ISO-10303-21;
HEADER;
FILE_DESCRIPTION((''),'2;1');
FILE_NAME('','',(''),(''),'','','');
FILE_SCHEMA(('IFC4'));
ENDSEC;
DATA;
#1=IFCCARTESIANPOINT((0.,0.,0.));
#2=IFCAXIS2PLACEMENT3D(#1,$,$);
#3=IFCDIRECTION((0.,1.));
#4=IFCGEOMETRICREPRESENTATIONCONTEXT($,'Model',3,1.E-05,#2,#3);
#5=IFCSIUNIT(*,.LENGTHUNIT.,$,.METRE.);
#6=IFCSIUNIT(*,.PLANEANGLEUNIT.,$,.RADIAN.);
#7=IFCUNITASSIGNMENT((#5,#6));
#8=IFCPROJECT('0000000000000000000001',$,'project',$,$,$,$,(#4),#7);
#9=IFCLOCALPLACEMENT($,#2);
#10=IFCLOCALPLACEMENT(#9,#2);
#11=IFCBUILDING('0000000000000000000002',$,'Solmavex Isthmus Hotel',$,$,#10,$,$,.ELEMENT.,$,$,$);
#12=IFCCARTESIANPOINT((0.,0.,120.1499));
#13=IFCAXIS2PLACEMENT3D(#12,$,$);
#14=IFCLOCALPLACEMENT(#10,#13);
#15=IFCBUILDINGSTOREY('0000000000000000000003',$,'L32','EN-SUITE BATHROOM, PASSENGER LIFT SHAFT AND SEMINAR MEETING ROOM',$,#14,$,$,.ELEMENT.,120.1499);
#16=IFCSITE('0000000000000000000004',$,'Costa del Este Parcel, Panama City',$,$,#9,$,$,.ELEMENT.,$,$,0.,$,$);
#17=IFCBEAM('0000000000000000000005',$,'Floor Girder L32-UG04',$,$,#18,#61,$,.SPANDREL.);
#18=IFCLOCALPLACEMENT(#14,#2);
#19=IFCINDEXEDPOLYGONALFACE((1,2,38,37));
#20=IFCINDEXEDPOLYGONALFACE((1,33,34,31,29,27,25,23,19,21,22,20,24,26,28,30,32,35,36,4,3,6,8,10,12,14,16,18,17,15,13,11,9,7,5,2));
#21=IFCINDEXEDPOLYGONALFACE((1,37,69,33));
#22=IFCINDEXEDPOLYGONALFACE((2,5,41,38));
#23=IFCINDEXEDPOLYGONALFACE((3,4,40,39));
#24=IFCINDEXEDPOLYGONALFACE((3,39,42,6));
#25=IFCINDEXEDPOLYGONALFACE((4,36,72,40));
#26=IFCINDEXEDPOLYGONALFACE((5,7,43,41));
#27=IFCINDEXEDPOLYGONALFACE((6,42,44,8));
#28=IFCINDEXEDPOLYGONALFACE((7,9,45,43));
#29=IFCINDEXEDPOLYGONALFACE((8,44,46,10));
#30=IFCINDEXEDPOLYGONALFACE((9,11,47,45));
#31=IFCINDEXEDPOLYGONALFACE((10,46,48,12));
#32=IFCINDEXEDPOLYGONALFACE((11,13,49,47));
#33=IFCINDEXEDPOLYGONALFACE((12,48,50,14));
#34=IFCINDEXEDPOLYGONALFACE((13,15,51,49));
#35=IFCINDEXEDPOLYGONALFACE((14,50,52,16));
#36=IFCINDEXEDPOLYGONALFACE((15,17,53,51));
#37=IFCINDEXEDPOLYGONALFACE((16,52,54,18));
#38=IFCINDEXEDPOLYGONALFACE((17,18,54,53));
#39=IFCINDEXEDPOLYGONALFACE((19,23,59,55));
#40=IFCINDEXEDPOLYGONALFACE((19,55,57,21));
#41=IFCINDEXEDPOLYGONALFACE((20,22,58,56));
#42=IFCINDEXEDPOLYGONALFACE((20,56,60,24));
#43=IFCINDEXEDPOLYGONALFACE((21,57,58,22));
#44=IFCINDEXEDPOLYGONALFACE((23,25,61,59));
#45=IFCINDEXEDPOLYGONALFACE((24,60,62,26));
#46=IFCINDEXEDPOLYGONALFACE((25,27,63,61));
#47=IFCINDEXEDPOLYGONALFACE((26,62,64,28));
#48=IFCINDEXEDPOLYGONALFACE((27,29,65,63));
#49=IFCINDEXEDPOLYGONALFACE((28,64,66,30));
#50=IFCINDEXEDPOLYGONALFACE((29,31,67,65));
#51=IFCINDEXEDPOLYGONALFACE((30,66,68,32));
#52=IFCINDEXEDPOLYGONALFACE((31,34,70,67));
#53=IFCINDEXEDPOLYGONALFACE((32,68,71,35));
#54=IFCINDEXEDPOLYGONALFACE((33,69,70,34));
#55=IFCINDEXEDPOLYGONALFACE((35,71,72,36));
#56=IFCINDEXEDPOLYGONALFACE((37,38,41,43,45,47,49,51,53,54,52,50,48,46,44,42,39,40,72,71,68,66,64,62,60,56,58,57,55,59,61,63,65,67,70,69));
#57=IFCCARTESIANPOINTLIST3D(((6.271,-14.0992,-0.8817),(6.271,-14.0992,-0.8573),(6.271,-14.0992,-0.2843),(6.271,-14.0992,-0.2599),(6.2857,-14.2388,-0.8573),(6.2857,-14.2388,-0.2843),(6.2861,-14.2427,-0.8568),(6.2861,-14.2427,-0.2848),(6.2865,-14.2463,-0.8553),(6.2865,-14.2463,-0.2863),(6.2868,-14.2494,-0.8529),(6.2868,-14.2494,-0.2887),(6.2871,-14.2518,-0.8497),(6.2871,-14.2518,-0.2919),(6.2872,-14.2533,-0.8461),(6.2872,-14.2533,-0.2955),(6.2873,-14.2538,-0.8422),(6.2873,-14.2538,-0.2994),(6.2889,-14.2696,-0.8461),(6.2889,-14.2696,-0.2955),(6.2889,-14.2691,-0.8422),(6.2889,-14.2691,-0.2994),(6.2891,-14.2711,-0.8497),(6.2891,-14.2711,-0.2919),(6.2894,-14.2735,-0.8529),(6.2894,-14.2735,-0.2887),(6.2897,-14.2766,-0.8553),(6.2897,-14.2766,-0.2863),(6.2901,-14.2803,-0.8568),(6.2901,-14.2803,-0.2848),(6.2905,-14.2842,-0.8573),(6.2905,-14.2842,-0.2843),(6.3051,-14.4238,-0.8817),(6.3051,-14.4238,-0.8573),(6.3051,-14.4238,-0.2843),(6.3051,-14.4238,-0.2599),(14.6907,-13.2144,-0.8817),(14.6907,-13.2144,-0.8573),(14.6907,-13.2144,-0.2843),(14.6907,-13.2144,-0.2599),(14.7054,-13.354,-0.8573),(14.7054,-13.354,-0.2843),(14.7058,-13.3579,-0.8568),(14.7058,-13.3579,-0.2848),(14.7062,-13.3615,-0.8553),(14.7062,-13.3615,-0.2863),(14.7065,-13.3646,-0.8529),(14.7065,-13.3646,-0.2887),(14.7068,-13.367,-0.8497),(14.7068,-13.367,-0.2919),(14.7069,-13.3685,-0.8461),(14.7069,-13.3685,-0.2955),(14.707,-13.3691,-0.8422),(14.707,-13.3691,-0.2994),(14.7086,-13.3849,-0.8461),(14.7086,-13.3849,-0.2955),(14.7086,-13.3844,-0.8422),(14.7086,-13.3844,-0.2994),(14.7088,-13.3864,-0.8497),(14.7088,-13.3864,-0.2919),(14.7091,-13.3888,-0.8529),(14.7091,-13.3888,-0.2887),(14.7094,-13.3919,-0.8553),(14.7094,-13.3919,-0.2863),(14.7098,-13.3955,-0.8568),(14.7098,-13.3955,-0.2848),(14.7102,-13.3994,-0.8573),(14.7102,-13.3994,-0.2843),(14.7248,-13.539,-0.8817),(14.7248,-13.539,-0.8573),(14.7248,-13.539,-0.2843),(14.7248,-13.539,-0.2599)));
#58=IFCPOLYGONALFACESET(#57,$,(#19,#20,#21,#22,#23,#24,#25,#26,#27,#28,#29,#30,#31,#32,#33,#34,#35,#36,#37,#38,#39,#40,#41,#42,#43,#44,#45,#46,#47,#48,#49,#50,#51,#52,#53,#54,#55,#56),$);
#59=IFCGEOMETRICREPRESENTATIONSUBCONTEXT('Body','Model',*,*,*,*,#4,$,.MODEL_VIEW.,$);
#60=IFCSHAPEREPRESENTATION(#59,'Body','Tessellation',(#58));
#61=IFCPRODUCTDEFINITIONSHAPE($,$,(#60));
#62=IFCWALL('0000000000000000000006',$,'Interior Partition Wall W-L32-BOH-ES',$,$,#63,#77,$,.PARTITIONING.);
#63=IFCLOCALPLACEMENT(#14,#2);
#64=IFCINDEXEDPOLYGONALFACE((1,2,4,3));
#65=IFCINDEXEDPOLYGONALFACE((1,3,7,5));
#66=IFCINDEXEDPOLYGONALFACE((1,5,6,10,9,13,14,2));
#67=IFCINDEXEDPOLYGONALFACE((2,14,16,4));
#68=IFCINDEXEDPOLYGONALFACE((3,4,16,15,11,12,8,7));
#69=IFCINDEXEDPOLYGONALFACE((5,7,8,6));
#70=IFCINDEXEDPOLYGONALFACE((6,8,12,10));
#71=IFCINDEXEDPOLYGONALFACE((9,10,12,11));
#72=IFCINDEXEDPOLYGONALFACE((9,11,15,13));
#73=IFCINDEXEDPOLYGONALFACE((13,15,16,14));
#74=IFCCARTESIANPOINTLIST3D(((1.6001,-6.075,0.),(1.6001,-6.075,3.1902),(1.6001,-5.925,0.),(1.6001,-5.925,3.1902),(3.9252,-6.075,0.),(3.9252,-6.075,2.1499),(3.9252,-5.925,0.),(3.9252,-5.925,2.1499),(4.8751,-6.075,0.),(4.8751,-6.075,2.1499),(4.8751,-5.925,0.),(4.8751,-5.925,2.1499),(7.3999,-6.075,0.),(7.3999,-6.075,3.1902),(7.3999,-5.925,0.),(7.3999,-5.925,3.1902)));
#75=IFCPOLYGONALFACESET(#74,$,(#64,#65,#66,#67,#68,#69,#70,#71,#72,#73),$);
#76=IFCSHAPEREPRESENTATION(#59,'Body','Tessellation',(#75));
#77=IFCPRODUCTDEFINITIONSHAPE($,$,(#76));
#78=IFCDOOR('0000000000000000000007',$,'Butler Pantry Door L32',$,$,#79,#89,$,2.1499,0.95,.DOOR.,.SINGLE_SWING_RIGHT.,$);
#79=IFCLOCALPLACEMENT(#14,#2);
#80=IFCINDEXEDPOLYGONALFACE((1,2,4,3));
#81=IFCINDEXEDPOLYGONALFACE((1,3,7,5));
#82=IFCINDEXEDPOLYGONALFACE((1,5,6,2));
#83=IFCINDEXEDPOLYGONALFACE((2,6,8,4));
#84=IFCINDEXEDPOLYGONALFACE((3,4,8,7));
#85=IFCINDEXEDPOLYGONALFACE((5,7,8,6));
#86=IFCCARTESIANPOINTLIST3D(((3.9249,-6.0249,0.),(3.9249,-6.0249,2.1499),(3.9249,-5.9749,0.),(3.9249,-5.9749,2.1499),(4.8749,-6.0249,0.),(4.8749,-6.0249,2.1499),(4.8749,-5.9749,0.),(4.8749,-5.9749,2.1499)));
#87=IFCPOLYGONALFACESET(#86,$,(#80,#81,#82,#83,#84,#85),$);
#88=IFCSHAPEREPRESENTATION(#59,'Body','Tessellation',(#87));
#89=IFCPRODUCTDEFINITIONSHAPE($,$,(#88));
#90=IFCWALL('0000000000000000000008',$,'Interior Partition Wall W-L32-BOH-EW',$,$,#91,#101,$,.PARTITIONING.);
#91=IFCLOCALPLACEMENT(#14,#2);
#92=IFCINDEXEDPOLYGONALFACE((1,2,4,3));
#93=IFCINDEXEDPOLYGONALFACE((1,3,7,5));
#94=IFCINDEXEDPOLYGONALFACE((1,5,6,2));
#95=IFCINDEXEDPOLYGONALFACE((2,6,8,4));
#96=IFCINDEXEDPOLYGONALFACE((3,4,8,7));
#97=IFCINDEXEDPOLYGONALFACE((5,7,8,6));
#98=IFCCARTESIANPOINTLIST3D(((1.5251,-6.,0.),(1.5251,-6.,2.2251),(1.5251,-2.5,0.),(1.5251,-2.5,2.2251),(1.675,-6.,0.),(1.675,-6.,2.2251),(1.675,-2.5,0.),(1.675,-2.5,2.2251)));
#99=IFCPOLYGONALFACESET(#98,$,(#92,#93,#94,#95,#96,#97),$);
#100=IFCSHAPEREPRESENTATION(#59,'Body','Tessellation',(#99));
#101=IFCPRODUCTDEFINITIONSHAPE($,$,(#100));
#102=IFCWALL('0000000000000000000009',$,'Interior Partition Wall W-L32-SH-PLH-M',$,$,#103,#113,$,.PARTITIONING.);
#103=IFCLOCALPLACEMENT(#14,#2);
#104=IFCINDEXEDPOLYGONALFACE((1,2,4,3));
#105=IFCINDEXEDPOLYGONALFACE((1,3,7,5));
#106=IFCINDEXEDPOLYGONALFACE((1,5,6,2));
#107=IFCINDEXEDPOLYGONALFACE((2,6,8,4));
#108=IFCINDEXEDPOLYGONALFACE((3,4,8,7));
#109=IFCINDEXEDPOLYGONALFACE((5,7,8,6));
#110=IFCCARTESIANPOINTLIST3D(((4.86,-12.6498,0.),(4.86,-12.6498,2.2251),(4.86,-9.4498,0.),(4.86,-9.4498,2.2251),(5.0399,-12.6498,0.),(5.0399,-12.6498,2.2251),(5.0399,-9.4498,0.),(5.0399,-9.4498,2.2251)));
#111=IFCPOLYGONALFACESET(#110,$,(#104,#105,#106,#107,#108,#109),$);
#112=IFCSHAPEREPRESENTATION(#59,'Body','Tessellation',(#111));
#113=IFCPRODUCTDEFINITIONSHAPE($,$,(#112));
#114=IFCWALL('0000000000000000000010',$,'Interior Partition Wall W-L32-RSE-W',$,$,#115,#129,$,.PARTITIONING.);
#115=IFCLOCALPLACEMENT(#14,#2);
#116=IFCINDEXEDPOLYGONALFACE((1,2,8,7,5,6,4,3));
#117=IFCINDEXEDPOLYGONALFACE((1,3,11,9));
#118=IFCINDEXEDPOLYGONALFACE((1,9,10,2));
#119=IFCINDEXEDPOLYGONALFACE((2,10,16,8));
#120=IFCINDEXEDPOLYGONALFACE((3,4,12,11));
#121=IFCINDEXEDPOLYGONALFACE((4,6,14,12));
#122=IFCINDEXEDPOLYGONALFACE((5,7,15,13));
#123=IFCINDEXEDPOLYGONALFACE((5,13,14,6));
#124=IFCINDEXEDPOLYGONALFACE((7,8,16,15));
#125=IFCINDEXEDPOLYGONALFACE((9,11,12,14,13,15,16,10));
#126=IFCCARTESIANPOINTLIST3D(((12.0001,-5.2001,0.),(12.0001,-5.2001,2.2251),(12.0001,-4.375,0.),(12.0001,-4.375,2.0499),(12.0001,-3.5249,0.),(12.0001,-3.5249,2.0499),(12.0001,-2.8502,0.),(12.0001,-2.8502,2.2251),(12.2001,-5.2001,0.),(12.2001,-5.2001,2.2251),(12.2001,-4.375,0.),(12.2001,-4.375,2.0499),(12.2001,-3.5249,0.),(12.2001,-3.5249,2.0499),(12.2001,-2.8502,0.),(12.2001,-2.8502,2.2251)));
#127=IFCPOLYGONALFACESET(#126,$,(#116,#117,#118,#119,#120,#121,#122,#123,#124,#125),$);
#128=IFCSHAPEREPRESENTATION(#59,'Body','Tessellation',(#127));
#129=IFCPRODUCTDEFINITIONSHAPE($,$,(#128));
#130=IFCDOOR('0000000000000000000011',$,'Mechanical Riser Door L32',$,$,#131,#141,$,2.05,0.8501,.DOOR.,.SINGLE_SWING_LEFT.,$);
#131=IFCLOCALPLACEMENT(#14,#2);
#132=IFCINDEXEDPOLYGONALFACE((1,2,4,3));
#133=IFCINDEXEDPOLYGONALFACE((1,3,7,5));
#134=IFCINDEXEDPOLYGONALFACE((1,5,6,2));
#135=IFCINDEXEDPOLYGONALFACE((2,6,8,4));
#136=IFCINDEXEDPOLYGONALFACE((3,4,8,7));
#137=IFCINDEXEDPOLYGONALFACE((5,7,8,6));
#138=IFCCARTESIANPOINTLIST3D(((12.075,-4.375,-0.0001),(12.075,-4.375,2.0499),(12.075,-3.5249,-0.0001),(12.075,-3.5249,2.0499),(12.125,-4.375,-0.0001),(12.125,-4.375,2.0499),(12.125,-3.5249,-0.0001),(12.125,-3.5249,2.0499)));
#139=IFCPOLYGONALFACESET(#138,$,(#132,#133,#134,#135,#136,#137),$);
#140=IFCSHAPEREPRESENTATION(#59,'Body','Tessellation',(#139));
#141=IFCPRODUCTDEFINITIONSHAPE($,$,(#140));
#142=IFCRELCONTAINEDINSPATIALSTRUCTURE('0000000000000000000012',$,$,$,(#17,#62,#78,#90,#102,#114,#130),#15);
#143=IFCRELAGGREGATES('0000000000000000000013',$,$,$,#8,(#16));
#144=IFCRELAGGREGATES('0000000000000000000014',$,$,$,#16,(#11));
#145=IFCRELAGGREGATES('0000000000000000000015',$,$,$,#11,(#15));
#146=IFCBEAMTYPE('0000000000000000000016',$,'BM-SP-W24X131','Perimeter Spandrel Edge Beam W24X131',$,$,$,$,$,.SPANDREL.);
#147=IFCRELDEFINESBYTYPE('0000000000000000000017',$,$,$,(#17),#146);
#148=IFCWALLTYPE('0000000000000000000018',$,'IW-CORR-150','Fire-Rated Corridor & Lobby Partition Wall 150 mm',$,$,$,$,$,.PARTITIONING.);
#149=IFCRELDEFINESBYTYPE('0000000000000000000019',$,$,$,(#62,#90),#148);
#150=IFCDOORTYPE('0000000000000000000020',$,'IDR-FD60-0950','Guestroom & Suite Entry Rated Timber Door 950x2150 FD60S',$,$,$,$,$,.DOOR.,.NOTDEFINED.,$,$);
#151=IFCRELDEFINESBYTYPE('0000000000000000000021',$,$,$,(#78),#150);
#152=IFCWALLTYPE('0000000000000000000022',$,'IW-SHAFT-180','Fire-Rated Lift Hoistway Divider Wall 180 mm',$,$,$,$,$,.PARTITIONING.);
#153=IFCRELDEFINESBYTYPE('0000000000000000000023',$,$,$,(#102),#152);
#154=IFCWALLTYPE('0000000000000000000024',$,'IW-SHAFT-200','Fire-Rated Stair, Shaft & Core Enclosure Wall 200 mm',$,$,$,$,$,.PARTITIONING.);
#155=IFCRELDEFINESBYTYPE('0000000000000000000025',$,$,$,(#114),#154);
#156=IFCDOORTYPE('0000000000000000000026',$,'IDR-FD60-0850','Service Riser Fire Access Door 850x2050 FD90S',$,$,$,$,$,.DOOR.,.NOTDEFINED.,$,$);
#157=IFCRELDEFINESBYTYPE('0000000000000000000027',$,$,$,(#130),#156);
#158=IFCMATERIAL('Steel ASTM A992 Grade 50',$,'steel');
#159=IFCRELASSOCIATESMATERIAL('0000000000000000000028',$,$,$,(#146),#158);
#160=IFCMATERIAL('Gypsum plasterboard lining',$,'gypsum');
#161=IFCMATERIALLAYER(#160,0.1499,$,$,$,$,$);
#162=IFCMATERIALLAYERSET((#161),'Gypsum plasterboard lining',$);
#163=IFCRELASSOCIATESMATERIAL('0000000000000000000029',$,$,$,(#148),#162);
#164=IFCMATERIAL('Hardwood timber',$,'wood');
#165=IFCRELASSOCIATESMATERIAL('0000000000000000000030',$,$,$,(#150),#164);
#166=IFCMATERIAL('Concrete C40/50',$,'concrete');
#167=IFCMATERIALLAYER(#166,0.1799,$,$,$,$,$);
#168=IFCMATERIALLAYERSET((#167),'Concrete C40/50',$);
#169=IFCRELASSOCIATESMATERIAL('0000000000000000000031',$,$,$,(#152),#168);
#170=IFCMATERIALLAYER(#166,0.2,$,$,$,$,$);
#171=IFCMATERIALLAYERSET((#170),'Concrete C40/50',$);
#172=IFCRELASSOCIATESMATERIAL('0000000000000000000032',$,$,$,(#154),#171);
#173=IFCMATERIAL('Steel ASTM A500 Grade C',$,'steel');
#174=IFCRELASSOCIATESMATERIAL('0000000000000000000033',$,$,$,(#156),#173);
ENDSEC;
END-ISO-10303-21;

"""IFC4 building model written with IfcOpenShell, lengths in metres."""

from ifc_helpers import new_model, si_unit, direction, frame, frame_2d, origin, origin_2d, place, context, subcontext, project, spatial, rectangle, i_section, extrude, material, layer, layer_set, material_profile, profile_set, type_object, element, fill, save


model = new_model("IFC4")

# Units and contexts
model_context = context("Model", 3, precision=1e-05, world=origin(), true_north=direction((0.0, 1.0)))
body_context = subcontext(model_context, "Body", "Model", "MODEL_VIEW")
ifc_project = project(units=[si_unit("LENGTHUNIT", "METRE"), si_unit("PLANEANGLEUNIT", "RADIAN")], contexts=[model_context])

# Site, building, storey
site_placement = place(None, origin())
site = spatial("IfcSite", under=ifc_project, at=site_placement, Name="Costa del Este Parcel, Panama City", CompositionType="ELEMENT", RefElevation=0.0)
building_placement = place(site_placement, origin())
building = spatial("IfcBuilding", under=site, at=building_placement, Name="Solmavex Isthmus Hotel", CompositionType="ELEMENT")
storey_placement = place(building_placement, frame((0.0, 0.0, 120.1499)))
storey = spatial("IfcBuildingStorey", under=building, at=storey_placement, Name="L32", Description="EN-SUITE BATHROOM, PASSENGER LIFT SHAFT AND SEMINAR MEETING ROOM", CompositionType="ELEMENT", Elevation=120.1499)

# Beam
ifc_material_1 = material(Name="Steel ASTM A992 Grade 50", Category="steel")
ifc_material_profile_1 = material_profile(ifc_material_1, i_section(OverallWidth=0.3264, OverallDepth=0.6218, WebThickness=0.0154, FlangeThickness=0.0244, FilletRadius=0.0151, at=origin_2d()), Name="W24X131")
ifc_profile_set_1 = profile_set([ifc_material_profile_1], Name="Steel ASTM A992 Grade 50")
beam_type_1 = type_object("IfcBeamType", Name="BM-SP-W24X131", Description="Perimeter Spandrel Edge Beam W24X131", PredefinedType="SPANDREL", material=ifc_profile_set_1)
beam_1_placement = place(storey_placement, frame((6.2881, -14.2615, -0.5708), z_axis=(0.994524, 0.104508, 0.0), x_axis=(-0.104508, 0.994524, 0.0)))
element("IfcBeam", 1, at=beam_1_placement, inside=storey, type_object=beam_type_1, Name="Floor Girder L32-UG04", PredefinedType="SPANDREL", context=body_context, shape_type="SweptSolid", body=[
    extrude(i_section(OverallWidth=0.3264, OverallDepth=0.6218, WebThickness=0.0154, FlangeThickness=0.0244, FilletRadius=0.0151, at=origin_2d()), origin(), (0.0, 0.0, 1.0), 8.4661),
])

# Wall, opening, door
ifc_material_2 = material(Name="Gypsum plasterboard lining", Category="gypsum")
ifc_layer_1 = layer(ifc_material_2, 0.1499)
ifc_layer_set_1 = layer_set([ifc_layer_1], Name="Gypsum plasterboard lining")
wall_type_1 = type_object("IfcWallType", Name="IW-CORR-150", Description="Fire-Rated Corridor & Lobby Partition Wall 150 mm", PredefinedType="PARTITIONING", material=ifc_layer_set_1)
wall_1_placement = place(storey_placement, frame((1.6001, -6.0, 0.0), z_axis=(0.0, 0.0, 1.0), x_axis=(1.0, 0.0, 0.0)))
wall_1 = element("IfcWall", 2, at=wall_1_placement, inside=storey, type_object=wall_type_1, Name="Interior Partition Wall W-L32-BOH-ES", PredefinedType="PARTITIONING", context=body_context, shape_type="SweptSolid", body=[
    extrude(rectangle(XDim=5.7998, YDim=0.1499, at=frame_2d((2.8999, 0.0))), origin(), (0.0, 0.0, 1.0), 3.1902),
])
opening_1_placement = place(wall_1_placement, frame((2.325, 0.0, 0.0)))
opening_1 = element("IfcOpeningElement", 3, at=opening_1_placement, cuts=wall_1, PredefinedType="OPENING", context=body_context, shape_type="SweptSolid", body=[
    extrude(rectangle(XDim=0.95, YDim=2.1499, at=frame_2d((0.4751, 1.075))), frame((0.0, 0.085, 0.0), z_axis=(0.0, -1.0, 0.0), x_axis=(1.0, 0.0, 0.0)), (0.0, 0.0, 1.0), 0.1699),
])
ifc_material_3 = material(Name="Hardwood timber", Category="wood")
door_type_1 = type_object("IfcDoorType", Name="IDR-FD60-0950", Description="Guestroom & Suite Entry Rated Timber Door 950x2150 FD60S", OperationType="NOTDEFINED", PredefinedType="DOOR", material=ifc_material_3)
door_1_placement = place(opening_1_placement, frame((0.95, 0.0, 0.0), z_axis=(0.0, 0.0, 1.0), x_axis=(-1.0, 0.0, 0.0)))
door_1 = element("IfcDoor", 4, at=door_1_placement, inside=storey, type_object=door_type_1, Name="Butler Pantry Door L32", OperationType="SINGLE_SWING_RIGHT", OverallHeight=2.1499, OverallWidth=0.95, PredefinedType="DOOR", context=body_context, shape_type="SweptSolid", body=[
    extrude(rectangle(XDim=0.95, YDim=2.1499, at=frame_2d((0.4751, 1.075))), frame((0.0, 0.0249, 0.0), z_axis=(0.0, -1.0, 0.0), x_axis=(1.0, 0.0, 0.0)), (0.0, 0.0, 1.0), 0.05),
])
fill(opening_1, door_1)

# Walls
wall_2_placement = place(storey_placement, frame((1.6001, -6.0, 0.0), z_axis=(0.0, 0.0, 1.0), x_axis=(0.0, 1.0, 0.0)))
element("IfcWall", 5, at=wall_2_placement, inside=storey, type_object=wall_type_1, Name="Interior Partition Wall W-L32-BOH-EW", PredefinedType="PARTITIONING", context=body_context, shape_type="SweptSolid", body=[
    extrude(rectangle(XDim=3.5, YDim=0.1499, at=frame_2d((1.75, 0.0))), origin(), (0.0, 0.0, 1.0), 2.2251),
])
ifc_material_4 = material(Name="Concrete C40/50", Category="concrete")
ifc_layer_2 = layer(ifc_material_4, 0.1799)
ifc_layer_set_2 = layer_set([ifc_layer_2], Name="Concrete C40/50")
wall_type_2 = type_object("IfcWallType", Name="IW-SHAFT-180", Description="Fire-Rated Lift Hoistway Divider Wall 180 mm", PredefinedType="PARTITIONING", material=ifc_layer_set_2)
wall_3_placement = place(storey_placement, frame((4.95, -12.6499, 0.0), z_axis=(0.0, 0.0, 1.0), x_axis=(0.0, 1.0, 0.0)))
element("IfcWall", 6, at=wall_3_placement, inside=storey, type_object=wall_type_2, Name="Interior Partition Wall W-L32-SH-PLH-M", PredefinedType="PARTITIONING", context=body_context, shape_type="SweptSolid", body=[
    extrude(rectangle(XDim=3.2, YDim=0.1799, at=frame_2d((1.6001, 0.0))), origin(), (0.0, 0.0, 1.0), 2.2251),
])

# Wall, opening, door
ifc_layer_3 = layer(ifc_material_4, 0.2)
ifc_layer_set_3 = layer_set([ifc_layer_3], Name="Concrete C40/50")
wall_type_3 = type_object("IfcWallType", Name="IW-SHAFT-200", Description="Fire-Rated Stair, Shaft & Core Enclosure Wall 200 mm", PredefinedType="PARTITIONING", material=ifc_layer_set_3)
wall_4_placement = place(storey_placement, frame((12.1001, -5.2, 0.0), z_axis=(0.0, 0.0, 1.0), x_axis=(0.0, 1.0, 0.0)))
wall_4 = element("IfcWall", 7, at=wall_4_placement, inside=storey, type_object=wall_type_3, Name="Interior Partition Wall W-L32-RSE-W", PredefinedType="PARTITIONING", context=body_context, shape_type="SweptSolid", body=[
    extrude(rectangle(XDim=2.3499, YDim=0.2, at=frame_2d((1.1748, 0.0))), origin(), (0.0, 0.0, 1.0), 2.2251),
])
opening_2_placement = place(wall_4_placement, frame((0.825, 0.0, 0.0)))
opening_2 = element("IfcOpeningElement", 8, at=opening_2_placement, cuts=wall_4, PredefinedType="OPENING", context=body_context, shape_type="SweptSolid", body=[
    extrude(rectangle(XDim=0.8501, YDim=2.05, at=frame_2d((0.425, 1.0249))), frame((0.0, 0.1099, 0.0), z_axis=(0.0, -1.0, 0.0), x_axis=(1.0, 0.0, 0.0)), (0.0, 0.0, 1.0), 0.22),
])
ifc_material_5 = material(Name="Steel ASTM A500 Grade C", Category="steel")
door_type_2 = type_object("IfcDoorType", Name="IDR-FD60-0850", Description="Service Riser Fire Access Door 850x2050 FD90S", OperationType="NOTDEFINED", PredefinedType="DOOR", material=ifc_material_5)
door_2_placement = place(opening_2_placement, frame((0.8501, 0.0, 0.0), z_axis=(0.0, 0.0, 1.0), x_axis=(-1.0, 0.0, 0.0)))
door_2 = element("IfcDoor", 9, at=door_2_placement, inside=storey, type_object=door_type_2, Name="Mechanical Riser Door L32", OperationType="SINGLE_SWING_LEFT", OverallHeight=2.05, OverallWidth=0.8501, PredefinedType="DOOR", context=body_context, shape_type="SweptSolid", body=[
    extrude(rectangle(XDim=0.8501, YDim=2.05, at=frame_2d((0.425, 1.0249))), frame((0.0, 0.0249, 0.0), z_axis=(0.0, -1.0, 0.0), x_axis=(1.0, 0.0, 0.0)), (0.0, 0.0, 1.0), 0.05),
])
fill(opening_2, door_2)

save(model, "model.ifc")
